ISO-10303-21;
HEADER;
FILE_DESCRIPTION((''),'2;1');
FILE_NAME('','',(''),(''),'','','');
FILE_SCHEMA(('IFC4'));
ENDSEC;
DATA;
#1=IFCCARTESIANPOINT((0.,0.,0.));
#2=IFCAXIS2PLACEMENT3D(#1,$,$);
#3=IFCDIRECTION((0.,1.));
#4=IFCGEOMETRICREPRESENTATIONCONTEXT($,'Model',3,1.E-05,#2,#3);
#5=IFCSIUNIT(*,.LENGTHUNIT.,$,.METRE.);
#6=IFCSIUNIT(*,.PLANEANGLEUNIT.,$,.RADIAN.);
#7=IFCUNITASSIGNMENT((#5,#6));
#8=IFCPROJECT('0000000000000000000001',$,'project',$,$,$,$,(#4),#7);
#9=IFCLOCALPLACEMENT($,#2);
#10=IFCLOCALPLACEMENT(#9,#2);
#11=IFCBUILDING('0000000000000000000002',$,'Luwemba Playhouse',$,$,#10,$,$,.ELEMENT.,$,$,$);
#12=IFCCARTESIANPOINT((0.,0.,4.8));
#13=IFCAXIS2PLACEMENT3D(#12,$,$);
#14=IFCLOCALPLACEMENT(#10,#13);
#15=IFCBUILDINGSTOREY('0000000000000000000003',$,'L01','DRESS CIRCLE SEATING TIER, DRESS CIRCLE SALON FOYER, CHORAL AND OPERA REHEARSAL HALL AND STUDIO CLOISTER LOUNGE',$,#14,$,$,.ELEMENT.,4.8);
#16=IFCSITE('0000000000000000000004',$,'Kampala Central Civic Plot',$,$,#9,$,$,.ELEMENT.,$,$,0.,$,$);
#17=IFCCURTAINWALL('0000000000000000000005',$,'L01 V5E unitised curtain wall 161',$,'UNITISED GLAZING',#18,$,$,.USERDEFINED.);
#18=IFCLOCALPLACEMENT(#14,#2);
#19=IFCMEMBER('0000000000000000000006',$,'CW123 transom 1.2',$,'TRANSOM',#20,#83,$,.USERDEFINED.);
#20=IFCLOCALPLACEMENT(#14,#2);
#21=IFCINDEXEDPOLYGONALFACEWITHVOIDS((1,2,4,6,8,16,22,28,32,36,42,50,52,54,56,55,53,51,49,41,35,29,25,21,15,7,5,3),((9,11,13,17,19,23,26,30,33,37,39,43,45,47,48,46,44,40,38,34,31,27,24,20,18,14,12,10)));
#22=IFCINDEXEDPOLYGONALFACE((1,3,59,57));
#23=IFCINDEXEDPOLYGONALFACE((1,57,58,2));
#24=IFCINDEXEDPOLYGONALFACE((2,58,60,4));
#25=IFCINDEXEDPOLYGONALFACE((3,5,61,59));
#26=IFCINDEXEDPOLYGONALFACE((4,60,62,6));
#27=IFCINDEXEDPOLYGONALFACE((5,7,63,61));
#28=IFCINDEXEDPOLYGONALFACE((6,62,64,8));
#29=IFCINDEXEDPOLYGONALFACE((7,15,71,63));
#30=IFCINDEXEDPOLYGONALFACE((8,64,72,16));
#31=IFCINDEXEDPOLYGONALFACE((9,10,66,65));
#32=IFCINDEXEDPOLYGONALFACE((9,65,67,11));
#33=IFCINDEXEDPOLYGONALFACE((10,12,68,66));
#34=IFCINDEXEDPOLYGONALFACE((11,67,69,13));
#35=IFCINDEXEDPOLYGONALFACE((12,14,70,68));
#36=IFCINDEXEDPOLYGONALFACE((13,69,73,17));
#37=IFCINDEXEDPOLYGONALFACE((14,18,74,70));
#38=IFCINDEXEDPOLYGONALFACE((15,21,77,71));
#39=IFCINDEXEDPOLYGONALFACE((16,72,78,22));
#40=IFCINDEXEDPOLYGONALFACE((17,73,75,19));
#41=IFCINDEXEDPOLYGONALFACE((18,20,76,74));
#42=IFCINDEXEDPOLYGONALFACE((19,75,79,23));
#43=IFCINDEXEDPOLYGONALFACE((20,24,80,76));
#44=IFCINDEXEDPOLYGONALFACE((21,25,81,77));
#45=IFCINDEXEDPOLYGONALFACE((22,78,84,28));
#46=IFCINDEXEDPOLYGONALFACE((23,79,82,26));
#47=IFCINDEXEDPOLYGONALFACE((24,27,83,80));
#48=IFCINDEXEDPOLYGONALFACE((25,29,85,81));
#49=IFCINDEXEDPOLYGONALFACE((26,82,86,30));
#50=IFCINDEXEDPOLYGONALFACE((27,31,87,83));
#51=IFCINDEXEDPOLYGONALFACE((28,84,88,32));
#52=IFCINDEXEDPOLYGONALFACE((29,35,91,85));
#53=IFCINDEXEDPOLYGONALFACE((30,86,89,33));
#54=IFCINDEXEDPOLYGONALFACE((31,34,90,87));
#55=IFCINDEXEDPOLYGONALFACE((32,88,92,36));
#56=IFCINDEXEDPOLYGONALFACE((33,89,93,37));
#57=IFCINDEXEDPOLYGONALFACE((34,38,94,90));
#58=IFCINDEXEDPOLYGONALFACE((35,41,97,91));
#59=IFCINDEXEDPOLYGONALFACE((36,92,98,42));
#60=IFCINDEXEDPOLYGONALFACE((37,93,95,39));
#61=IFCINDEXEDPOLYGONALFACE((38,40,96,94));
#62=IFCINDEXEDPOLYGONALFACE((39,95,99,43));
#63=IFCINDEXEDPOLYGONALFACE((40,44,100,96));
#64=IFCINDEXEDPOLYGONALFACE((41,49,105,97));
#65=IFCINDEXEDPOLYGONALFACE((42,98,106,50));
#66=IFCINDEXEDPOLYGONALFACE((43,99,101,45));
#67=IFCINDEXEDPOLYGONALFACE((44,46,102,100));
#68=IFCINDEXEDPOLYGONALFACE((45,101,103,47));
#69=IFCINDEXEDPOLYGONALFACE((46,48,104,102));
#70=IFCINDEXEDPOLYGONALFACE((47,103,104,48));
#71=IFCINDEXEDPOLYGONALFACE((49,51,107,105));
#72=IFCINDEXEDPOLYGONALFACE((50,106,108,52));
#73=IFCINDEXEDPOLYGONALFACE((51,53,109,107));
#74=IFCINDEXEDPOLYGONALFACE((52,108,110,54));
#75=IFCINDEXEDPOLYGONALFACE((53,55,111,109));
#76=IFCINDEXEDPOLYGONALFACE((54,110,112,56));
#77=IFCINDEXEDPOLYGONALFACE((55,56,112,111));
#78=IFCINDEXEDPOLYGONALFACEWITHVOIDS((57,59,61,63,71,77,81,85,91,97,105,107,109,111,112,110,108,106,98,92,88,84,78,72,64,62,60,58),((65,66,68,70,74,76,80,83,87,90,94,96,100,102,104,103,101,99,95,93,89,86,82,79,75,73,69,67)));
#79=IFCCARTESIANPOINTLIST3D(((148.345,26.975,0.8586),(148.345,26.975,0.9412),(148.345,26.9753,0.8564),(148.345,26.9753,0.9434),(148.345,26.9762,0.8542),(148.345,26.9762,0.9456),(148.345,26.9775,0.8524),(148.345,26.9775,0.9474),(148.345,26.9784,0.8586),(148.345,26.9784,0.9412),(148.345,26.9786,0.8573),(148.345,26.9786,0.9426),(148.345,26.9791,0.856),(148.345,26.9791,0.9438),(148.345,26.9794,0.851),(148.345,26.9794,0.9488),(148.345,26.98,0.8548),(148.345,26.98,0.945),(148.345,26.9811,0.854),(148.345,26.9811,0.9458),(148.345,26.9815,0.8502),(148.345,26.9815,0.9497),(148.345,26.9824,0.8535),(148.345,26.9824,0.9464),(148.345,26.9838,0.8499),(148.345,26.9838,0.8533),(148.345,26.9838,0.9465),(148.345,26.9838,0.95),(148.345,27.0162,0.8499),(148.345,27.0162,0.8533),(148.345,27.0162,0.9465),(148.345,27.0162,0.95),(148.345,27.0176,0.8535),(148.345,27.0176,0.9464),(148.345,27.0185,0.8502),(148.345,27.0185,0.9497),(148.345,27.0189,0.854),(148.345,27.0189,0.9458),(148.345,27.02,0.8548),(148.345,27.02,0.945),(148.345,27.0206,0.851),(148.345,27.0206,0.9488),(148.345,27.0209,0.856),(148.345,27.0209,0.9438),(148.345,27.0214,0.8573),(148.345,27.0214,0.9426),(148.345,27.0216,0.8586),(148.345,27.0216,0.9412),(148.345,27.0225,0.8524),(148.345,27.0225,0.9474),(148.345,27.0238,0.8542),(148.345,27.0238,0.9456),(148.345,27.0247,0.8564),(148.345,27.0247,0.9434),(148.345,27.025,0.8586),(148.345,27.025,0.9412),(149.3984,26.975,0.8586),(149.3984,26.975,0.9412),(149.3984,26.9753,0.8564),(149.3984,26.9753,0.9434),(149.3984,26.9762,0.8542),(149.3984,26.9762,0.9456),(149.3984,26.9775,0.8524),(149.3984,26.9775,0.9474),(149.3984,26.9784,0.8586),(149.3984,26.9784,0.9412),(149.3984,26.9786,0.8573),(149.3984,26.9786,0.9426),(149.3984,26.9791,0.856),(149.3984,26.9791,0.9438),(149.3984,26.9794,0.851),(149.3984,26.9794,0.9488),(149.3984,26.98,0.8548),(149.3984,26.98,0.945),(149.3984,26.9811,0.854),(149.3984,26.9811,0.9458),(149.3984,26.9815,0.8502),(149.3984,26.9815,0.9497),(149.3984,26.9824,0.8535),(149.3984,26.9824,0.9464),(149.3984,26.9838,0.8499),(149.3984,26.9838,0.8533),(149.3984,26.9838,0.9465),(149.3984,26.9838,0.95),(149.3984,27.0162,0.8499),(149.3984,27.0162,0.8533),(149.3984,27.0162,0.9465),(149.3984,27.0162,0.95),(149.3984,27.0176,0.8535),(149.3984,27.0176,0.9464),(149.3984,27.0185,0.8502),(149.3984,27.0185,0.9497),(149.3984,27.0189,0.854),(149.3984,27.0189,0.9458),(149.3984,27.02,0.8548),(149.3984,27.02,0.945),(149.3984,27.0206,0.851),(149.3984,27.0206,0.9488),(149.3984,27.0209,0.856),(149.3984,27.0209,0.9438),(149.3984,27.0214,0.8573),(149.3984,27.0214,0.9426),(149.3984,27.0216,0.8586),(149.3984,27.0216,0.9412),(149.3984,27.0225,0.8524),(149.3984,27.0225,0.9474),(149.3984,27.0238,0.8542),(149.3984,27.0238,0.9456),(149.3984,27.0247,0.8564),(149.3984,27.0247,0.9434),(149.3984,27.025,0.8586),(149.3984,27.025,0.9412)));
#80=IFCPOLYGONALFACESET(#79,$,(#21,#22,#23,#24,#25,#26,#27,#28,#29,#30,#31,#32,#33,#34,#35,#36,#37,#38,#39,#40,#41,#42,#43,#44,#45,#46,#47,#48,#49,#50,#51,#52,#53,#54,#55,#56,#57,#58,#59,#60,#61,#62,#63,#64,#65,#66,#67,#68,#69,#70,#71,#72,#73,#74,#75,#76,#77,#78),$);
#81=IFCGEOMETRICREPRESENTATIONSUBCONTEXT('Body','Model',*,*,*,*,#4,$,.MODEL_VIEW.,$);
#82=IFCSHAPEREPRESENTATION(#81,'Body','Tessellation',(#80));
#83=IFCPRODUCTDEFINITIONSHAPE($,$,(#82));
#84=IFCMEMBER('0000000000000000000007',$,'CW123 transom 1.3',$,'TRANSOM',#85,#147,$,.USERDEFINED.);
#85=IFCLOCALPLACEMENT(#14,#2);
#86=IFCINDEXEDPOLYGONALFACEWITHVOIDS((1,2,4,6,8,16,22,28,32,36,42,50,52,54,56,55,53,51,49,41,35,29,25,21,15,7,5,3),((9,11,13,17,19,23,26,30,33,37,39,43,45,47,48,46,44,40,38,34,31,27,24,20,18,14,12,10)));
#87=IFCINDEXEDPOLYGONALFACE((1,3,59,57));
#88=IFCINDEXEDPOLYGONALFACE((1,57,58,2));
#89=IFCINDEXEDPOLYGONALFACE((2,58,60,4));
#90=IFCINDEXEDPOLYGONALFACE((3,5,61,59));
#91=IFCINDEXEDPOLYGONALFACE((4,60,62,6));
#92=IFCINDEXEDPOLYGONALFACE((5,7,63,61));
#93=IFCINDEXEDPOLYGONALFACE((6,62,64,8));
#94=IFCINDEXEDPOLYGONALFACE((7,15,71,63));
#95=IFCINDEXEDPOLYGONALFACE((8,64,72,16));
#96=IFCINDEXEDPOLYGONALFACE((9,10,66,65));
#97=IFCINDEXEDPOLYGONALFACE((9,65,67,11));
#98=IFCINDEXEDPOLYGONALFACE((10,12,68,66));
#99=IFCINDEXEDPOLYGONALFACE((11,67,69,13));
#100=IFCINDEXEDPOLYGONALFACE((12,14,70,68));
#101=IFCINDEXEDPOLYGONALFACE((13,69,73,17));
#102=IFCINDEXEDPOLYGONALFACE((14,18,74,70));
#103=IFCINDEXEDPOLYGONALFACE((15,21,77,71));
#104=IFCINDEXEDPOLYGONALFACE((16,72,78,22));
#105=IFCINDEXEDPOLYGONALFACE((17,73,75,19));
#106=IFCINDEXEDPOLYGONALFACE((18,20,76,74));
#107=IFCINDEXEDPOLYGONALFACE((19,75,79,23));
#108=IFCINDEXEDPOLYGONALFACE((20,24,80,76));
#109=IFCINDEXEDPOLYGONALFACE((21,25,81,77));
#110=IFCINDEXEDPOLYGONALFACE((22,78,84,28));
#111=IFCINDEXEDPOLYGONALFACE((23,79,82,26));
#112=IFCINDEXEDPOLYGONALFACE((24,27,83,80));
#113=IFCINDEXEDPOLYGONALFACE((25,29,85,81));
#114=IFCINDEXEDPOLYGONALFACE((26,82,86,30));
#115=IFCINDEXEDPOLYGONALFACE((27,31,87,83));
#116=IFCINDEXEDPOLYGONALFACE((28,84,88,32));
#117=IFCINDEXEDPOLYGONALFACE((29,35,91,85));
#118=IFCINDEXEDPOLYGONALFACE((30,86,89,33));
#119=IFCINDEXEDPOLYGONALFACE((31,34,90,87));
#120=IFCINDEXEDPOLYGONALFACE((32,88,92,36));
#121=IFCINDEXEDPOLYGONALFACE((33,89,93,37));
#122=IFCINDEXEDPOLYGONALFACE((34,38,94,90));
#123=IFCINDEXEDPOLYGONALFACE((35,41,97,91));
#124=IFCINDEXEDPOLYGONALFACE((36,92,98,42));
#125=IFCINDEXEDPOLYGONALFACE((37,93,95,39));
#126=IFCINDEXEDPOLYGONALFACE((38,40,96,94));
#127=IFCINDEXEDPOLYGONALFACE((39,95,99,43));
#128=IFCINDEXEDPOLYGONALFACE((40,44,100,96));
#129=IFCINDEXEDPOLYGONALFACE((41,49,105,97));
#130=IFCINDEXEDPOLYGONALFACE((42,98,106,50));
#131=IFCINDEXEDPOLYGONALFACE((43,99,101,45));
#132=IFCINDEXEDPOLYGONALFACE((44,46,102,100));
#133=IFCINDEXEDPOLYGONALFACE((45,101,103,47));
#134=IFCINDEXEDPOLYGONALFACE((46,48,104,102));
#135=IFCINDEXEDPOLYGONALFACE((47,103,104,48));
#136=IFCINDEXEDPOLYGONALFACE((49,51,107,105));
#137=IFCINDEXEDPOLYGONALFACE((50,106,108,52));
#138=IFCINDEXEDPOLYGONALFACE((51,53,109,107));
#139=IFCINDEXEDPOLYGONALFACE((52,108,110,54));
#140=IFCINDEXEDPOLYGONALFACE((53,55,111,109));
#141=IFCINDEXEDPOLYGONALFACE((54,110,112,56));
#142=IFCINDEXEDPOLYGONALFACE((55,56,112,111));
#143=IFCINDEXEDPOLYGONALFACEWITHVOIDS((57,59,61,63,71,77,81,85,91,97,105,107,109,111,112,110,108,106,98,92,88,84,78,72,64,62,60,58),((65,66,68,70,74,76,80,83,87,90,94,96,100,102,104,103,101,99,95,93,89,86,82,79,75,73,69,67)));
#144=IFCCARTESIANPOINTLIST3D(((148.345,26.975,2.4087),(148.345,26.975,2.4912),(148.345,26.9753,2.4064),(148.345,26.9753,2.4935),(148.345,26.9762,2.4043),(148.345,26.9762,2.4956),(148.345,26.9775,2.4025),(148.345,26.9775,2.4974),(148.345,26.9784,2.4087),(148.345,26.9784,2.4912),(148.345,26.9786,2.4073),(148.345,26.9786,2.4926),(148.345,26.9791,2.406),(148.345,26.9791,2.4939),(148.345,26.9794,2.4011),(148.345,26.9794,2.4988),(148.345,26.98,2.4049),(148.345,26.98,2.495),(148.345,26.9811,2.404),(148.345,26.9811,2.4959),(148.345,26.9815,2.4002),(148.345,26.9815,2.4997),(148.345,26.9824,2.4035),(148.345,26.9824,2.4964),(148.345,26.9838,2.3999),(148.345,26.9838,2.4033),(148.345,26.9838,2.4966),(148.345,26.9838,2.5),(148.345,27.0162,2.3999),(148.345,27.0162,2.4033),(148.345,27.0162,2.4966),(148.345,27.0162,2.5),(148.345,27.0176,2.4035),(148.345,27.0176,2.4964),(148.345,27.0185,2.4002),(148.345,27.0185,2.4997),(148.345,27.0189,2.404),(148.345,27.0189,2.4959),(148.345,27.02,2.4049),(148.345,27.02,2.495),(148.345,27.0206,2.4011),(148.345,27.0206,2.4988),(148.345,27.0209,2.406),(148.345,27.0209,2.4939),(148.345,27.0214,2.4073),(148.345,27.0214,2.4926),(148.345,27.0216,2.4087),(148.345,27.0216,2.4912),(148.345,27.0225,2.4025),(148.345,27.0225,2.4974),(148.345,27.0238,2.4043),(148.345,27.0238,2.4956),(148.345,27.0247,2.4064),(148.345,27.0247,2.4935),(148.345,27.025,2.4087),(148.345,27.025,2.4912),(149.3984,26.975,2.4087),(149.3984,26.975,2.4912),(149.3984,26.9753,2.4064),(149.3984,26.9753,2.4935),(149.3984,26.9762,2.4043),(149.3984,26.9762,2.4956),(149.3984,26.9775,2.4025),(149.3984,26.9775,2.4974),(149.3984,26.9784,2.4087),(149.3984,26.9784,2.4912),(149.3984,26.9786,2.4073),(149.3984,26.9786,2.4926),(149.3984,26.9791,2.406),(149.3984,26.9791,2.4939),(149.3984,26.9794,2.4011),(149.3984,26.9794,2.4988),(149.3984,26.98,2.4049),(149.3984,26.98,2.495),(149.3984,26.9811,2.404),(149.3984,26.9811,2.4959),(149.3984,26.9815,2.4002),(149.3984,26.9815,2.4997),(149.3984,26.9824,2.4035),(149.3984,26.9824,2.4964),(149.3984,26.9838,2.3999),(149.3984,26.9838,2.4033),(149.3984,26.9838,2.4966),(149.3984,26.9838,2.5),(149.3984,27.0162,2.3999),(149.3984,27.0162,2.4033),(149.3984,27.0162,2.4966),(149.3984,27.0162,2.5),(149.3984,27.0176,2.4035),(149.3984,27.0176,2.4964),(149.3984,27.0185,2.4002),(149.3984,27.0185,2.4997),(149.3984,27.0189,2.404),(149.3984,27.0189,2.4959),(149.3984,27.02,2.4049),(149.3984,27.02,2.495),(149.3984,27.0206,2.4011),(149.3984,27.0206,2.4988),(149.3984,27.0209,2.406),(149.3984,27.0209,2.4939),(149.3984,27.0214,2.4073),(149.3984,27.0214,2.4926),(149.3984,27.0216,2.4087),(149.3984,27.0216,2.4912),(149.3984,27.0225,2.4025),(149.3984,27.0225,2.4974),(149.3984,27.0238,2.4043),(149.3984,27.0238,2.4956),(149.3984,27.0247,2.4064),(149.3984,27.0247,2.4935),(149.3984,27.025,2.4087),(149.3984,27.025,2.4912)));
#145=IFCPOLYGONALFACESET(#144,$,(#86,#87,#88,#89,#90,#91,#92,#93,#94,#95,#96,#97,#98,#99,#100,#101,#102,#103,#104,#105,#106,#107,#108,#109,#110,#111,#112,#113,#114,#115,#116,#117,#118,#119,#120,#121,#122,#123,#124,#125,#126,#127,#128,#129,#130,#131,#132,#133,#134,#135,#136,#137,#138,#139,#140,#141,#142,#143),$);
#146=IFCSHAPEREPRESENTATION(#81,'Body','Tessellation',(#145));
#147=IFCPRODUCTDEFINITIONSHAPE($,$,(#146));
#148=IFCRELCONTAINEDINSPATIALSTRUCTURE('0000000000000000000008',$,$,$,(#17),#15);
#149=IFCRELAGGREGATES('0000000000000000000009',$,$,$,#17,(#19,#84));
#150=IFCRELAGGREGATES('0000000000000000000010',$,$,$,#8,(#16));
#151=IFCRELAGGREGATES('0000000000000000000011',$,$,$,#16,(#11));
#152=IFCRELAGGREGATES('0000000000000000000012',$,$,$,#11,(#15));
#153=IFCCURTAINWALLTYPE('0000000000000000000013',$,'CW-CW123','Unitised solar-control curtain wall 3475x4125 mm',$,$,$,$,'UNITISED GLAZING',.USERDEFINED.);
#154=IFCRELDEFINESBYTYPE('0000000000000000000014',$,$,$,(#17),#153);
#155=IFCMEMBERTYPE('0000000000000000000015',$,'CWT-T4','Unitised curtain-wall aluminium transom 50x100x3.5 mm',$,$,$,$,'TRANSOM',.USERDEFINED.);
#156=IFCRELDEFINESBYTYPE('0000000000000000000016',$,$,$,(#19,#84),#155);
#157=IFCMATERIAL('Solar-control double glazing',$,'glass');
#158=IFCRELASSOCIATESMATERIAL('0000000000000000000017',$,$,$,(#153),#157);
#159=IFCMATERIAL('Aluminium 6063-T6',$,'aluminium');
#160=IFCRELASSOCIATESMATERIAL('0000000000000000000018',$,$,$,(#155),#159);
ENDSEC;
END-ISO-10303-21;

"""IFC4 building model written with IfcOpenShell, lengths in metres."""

from ifc_helpers import new_model, si_unit, direction, frame, origin, origin_2d, place, context, subcontext, project, spatial, hollow_rectangle, extrude, material, material_profile, profile_set, type_object, element, aggregate, save


model = new_model("IFC4")

# Units and contexts
model_context = context("Model", 3, precision=1e-05, world=origin(), true_north=direction((0.0, 1.0)))
body_context = subcontext(model_context, "Body", "Model", "MODEL_VIEW")
ifc_project = project(units=[si_unit("LENGTHUNIT", "METRE"), si_unit("PLANEANGLEUNIT", "RADIAN")], contexts=[model_context])

# Site, building, storey
site_placement = place(None, origin())
site = spatial("IfcSite", under=ifc_project, at=site_placement, Name="Kampala Central Civic Plot", CompositionType="ELEMENT", RefElevation=0.0)
building_placement = place(site_placement, origin())
building = spatial("IfcBuilding", under=site, at=building_placement, Name="Luwemba Playhouse", CompositionType="ELEMENT")
storey_placement = place(building_placement, frame((0.0, 0.0, 4.8)))
storey = spatial("IfcBuildingStorey", under=building, at=storey_placement, Name="L01", Description="DRESS CIRCLE SEATING TIER, DRESS CIRCLE SALON FOYER, CHORAL AND OPERA REHEARSAL HALL AND STUDIO CLOISTER LOUNGE", CompositionType="ELEMENT", Elevation=4.8)

# Curtain wall, members
ifc_material_1 = material(Name="Solar-control double glazing", Category="glass")
curtain_wall_type = type_object("IfcCurtainWallType", Name="CW-CW123", Description="Unitised solar-control curtain wall 3475x4125 mm", ElementType="UNITISED GLAZING", PredefinedType="USERDEFINED", material=ifc_material_1)
curtain_wall_placement = place(storey_placement, origin())
curtain_wall = element("IfcCurtainWall", 1, at=curtain_wall_placement, inside=storey, type_object=curtain_wall_type, Name="L01 V5E unitised curtain wall 161", ObjectType="UNITISED GLAZING", PredefinedType="USERDEFINED")
ifc_material_2 = material(Name="Aluminium 6063-T6", Category="aluminium")
ifc_material_profile_1 = material_profile(ifc_material_2, hollow_rectangle(XDim=0.05, YDim=0.1001, WallThickness=0.0034, InnerFilletRadius=0.0054, OuterFilletRadius=0.0088, at=origin_2d()))
ifc_profile_set_1 = profile_set([ifc_material_profile_1], Name="Aluminium 6063-T6")
member_type_1 = type_object("IfcMemberType", Name="CWT-T4", Description="Unitised curtain-wall aluminium transom 50x100x3.5 mm", ElementType="TRANSOM", PredefinedType="USERDEFINED", material=ifc_profile_set_1)
member_1_placement = place(storey_placement, frame((148.345, 27.0, 0.8999), z_axis=(1.0, 0.0, 0.0), x_axis=(0.0, 1.0, 0.0)))
member_1 = element("IfcMember", 2, at=member_1_placement, type_object=member_type_1, Name="CW123 transom 1.2", ObjectType="TRANSOM", PredefinedType="USERDEFINED", context=body_context, shape_type="SweptSolid", body=[
    extrude(hollow_rectangle(XDim=0.05, YDim=0.1001, WallThickness=0.0034, InnerFilletRadius=0.0054, OuterFilletRadius=0.0088, at=origin_2d()), origin(), (0.0, 0.0, 1.0), 1.0535),
])
member_2_placement = place(storey_placement, frame((148.345, 27.0, 2.45), z_axis=(1.0, 0.0, 0.0), x_axis=(0.0, 1.0, 0.0)))
member_2 = element("IfcMember", 3, at=member_2_placement, type_object=member_type_1, Name="CW123 transom 1.3", ObjectType="TRANSOM", PredefinedType="USERDEFINED", context=body_context, shape_type="SweptSolid", body=[
    extrude(hollow_rectangle(XDim=0.05, YDim=0.1001, WallThickness=0.0034, InnerFilletRadius=0.0054, OuterFilletRadius=0.0088, at=origin_2d()), origin(), (0.0, 0.0, 1.0), 1.0535),
])

aggregate(curtain_wall, [member_1, member_2])

save(model, "model.ifc")
